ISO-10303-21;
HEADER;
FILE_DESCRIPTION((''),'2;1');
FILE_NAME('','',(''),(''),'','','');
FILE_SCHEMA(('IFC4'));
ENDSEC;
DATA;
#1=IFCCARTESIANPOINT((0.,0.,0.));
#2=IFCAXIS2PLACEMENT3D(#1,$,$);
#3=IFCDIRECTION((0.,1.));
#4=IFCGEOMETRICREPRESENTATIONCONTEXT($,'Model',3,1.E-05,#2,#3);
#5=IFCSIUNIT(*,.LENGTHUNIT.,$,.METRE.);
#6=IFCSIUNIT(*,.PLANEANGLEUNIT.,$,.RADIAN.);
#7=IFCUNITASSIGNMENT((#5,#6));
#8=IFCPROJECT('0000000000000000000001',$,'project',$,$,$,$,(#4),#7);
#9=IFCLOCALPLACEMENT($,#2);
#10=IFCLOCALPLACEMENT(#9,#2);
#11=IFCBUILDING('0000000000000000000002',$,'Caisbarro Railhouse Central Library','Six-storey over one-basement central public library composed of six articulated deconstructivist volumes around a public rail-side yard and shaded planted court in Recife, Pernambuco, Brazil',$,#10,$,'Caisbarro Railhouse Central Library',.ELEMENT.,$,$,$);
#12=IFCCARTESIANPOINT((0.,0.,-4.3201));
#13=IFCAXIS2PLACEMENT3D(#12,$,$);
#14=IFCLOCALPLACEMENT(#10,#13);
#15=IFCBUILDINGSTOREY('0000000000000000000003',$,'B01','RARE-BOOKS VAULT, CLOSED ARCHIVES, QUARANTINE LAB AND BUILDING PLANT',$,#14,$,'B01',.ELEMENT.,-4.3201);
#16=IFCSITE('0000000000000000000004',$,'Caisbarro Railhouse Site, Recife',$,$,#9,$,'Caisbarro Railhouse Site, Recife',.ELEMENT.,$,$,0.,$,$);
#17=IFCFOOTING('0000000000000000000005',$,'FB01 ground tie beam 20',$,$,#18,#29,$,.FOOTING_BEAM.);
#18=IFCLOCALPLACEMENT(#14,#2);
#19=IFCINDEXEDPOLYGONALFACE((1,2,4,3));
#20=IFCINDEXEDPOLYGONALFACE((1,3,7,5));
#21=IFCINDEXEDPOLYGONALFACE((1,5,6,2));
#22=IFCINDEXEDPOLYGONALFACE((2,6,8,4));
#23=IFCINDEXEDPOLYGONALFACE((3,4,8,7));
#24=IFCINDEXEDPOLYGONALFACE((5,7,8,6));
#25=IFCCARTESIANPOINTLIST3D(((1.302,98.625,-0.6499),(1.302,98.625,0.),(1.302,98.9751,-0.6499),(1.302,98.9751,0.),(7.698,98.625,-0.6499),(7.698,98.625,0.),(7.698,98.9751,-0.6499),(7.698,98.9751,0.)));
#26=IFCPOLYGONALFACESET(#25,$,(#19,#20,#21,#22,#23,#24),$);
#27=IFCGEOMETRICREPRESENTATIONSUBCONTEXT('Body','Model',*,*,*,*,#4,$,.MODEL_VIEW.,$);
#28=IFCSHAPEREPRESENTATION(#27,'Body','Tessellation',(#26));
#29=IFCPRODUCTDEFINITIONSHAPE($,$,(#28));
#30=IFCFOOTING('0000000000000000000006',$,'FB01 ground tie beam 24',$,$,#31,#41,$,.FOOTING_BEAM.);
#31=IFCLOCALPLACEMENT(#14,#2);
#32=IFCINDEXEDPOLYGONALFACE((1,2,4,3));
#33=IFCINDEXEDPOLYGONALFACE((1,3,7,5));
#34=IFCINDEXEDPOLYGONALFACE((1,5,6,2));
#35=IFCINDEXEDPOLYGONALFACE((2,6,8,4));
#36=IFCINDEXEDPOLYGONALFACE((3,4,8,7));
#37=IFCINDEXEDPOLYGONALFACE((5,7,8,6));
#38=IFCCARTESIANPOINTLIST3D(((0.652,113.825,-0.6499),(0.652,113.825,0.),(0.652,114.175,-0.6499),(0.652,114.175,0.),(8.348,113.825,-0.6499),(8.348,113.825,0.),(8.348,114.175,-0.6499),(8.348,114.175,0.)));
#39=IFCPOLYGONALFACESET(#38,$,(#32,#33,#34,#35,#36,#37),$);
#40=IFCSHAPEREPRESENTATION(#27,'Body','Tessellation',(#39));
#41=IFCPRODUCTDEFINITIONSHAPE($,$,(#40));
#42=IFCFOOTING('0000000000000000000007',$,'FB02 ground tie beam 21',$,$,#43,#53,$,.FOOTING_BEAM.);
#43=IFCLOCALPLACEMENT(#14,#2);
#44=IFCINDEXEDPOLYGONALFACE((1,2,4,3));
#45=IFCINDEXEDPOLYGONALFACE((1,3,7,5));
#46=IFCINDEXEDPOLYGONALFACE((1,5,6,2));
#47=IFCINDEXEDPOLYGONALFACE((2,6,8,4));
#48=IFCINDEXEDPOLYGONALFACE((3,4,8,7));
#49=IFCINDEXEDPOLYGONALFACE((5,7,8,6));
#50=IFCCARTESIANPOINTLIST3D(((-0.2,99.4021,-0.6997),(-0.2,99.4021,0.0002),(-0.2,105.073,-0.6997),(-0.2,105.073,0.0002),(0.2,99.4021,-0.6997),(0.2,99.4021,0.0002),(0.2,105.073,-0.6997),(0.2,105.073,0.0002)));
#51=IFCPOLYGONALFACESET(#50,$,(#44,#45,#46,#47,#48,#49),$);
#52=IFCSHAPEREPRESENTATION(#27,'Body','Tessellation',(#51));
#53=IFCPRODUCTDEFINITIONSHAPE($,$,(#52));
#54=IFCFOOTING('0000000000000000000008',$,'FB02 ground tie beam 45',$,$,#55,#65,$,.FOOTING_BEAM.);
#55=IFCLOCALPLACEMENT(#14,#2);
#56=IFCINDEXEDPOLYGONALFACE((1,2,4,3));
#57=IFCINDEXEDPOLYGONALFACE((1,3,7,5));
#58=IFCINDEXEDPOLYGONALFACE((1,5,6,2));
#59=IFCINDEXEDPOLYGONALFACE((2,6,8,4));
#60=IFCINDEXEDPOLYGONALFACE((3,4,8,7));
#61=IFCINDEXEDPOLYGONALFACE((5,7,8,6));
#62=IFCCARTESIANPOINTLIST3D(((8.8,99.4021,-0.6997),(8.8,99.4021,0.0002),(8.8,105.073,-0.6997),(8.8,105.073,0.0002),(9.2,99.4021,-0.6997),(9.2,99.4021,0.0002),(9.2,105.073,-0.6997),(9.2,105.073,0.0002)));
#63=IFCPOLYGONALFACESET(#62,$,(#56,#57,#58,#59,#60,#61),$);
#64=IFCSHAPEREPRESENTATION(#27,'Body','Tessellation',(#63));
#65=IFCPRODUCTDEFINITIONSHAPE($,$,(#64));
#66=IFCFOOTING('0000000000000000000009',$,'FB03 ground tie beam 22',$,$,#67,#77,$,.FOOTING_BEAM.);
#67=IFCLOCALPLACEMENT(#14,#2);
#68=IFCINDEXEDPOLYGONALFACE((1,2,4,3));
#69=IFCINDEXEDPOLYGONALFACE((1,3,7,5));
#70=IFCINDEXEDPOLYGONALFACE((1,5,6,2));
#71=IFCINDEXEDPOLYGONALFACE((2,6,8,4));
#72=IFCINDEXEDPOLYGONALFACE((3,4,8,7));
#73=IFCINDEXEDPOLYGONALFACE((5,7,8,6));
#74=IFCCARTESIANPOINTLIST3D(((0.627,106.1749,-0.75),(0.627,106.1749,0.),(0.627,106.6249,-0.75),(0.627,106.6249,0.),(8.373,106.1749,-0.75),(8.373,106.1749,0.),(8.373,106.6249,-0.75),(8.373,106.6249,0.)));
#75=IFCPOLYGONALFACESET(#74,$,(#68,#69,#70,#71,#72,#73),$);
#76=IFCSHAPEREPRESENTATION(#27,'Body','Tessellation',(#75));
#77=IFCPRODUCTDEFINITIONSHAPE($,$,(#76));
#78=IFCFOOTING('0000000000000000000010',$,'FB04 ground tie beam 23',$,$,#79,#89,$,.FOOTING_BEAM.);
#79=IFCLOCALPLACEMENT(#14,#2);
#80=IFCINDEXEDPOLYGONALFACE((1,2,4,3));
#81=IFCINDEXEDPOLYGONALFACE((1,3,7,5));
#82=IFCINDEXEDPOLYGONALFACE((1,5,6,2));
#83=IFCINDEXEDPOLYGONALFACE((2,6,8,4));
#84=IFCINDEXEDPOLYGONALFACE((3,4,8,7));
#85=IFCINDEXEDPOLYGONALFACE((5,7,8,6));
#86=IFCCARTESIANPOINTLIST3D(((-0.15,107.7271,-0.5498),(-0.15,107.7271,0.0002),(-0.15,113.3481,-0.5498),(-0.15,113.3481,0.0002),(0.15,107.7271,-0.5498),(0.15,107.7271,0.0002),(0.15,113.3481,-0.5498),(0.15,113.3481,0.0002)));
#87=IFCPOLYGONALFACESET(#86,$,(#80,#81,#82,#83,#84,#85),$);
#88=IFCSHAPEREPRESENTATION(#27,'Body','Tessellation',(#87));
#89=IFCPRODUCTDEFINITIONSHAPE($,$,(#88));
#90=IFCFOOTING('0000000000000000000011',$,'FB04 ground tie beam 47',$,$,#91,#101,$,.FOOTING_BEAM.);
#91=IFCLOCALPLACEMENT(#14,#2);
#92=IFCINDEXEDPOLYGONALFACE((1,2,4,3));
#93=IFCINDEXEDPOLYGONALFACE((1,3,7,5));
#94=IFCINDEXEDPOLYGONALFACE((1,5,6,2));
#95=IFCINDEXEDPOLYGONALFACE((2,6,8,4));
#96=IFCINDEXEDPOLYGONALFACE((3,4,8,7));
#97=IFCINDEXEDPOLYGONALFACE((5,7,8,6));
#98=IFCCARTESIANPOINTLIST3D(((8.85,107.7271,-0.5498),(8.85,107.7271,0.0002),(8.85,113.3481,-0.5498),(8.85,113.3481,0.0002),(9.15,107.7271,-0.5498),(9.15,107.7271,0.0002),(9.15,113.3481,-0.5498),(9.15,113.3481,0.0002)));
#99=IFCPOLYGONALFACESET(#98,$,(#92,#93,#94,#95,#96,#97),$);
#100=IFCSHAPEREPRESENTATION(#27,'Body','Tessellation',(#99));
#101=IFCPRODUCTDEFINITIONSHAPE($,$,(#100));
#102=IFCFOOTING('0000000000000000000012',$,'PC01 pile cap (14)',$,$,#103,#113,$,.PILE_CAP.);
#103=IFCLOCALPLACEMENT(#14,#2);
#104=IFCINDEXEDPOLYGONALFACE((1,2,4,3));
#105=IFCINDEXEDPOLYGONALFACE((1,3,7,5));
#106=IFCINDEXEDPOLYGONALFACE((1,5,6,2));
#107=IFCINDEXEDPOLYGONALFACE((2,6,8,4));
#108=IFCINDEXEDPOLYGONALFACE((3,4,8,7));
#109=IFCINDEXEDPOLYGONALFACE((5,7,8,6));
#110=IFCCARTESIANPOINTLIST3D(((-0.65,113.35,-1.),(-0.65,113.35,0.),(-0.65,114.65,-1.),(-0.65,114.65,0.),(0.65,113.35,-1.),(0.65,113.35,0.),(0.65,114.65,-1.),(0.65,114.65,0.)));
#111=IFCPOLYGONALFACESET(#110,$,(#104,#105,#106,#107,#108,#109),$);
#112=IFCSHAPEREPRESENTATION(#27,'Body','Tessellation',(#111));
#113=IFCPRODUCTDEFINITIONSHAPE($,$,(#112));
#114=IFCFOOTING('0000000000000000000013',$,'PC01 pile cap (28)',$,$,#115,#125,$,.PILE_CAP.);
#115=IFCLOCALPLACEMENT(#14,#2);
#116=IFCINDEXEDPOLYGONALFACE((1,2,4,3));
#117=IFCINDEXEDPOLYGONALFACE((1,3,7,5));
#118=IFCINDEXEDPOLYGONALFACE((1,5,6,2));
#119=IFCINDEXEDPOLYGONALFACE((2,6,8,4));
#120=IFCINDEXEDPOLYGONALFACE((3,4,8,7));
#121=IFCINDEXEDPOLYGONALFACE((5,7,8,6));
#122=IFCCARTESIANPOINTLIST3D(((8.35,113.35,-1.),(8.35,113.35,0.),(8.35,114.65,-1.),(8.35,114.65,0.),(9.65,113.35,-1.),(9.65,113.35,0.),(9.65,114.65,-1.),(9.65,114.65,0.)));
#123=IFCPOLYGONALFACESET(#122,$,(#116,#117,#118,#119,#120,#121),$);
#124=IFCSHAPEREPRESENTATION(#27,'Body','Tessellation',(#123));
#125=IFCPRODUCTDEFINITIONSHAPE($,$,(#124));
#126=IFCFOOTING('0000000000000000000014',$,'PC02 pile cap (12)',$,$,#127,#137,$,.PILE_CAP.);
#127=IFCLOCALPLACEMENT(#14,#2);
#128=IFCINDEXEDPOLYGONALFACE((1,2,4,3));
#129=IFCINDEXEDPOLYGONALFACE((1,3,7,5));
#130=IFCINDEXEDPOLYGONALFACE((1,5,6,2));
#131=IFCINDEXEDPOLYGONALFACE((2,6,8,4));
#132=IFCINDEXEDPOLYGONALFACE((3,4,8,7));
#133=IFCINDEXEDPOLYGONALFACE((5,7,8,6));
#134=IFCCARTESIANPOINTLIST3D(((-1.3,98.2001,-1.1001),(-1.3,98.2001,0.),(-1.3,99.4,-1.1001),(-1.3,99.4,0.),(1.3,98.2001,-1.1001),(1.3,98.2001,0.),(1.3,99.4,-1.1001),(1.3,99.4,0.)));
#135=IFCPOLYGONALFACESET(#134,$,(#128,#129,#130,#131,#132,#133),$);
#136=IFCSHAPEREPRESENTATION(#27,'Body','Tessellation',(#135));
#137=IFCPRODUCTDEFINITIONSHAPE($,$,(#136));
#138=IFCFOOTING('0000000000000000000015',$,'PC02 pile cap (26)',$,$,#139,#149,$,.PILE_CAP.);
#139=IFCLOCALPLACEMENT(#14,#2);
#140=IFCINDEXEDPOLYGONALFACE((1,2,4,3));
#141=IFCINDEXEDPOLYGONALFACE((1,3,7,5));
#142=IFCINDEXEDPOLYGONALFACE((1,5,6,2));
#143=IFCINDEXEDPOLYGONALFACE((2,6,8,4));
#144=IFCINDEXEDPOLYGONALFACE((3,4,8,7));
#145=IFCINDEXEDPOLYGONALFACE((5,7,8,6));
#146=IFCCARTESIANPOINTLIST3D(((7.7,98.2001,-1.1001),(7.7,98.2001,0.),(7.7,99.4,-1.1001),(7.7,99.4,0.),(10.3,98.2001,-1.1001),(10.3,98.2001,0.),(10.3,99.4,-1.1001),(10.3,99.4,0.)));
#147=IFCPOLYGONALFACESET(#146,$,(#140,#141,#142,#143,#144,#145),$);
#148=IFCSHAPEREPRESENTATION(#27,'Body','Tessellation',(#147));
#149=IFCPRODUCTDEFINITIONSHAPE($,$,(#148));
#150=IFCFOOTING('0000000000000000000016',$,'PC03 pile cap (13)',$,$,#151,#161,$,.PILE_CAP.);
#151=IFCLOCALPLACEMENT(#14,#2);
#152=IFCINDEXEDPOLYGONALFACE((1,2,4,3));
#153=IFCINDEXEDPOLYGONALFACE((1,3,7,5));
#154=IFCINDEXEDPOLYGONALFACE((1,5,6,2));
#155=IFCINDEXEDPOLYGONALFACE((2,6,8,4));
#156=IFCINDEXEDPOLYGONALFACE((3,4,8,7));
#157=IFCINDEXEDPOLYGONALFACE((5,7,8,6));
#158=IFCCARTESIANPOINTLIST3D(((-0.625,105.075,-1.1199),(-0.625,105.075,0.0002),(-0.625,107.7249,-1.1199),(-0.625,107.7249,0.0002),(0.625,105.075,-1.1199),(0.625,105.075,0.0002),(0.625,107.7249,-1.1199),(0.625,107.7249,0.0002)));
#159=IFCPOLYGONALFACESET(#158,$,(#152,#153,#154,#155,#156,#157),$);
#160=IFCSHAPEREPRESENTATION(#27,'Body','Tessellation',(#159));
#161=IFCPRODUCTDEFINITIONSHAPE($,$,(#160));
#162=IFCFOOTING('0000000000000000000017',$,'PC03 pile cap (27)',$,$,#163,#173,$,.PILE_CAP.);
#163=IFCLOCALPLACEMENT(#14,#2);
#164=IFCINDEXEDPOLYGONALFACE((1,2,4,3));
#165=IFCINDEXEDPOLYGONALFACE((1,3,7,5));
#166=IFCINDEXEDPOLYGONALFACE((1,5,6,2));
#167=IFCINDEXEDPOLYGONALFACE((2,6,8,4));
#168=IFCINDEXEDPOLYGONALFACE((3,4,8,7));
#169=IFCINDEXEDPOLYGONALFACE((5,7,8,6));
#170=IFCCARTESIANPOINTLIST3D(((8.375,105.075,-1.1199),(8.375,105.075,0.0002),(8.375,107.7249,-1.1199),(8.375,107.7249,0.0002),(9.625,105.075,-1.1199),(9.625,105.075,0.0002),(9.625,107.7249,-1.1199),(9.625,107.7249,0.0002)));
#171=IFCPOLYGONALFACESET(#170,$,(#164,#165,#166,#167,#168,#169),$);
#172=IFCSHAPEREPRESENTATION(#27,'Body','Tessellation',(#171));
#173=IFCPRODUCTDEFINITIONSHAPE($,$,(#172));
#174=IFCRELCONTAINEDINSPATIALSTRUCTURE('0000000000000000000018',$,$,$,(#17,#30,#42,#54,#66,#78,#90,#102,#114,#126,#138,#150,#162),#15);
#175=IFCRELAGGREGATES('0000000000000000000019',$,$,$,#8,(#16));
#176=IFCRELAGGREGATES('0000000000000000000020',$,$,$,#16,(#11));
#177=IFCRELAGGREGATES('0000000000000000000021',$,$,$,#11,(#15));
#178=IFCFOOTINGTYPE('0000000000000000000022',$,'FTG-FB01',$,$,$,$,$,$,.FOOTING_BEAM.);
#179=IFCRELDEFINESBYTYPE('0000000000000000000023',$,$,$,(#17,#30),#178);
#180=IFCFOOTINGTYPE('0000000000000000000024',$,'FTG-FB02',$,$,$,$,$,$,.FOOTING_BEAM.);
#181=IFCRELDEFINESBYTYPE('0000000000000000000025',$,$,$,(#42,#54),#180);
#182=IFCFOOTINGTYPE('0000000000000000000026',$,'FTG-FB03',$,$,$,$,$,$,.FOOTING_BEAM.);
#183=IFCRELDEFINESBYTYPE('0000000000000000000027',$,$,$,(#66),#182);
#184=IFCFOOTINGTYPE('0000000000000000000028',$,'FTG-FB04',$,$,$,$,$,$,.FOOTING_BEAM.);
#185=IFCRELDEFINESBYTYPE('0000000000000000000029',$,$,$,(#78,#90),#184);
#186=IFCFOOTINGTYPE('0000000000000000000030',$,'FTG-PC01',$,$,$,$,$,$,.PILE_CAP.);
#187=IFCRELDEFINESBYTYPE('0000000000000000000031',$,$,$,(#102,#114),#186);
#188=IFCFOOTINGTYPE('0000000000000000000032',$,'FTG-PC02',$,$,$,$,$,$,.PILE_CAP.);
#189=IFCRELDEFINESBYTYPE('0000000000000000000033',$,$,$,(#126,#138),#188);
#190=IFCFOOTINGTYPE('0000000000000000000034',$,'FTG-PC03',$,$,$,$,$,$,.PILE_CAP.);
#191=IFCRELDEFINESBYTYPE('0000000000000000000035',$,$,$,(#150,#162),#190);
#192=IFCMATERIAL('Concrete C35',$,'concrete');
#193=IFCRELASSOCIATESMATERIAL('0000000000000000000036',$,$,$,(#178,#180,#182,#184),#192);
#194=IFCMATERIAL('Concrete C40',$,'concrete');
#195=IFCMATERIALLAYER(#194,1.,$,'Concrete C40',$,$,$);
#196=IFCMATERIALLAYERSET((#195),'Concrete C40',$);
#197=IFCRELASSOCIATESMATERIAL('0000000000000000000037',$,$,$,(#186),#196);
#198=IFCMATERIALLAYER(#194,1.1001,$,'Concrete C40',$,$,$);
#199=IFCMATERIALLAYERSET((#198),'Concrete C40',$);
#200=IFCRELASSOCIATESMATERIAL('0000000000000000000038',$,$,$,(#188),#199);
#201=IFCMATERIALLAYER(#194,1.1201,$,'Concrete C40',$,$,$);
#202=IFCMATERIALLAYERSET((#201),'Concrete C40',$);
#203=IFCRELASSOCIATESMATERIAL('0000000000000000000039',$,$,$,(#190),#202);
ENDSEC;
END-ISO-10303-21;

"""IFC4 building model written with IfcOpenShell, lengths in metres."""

from ifc_helpers import new_model, si_unit, direction, frame, origin, origin_2d, place, context, subcontext, project, spatial, rectangle, extrude, material, layer, layer_set, type_object, element, save


model = new_model("IFC4")

# Units and contexts
model_context = context("Model", 3, precision=1e-05, world=origin(), true_north=direction((0.0, 1.0)))
body_context = subcontext(model_context, "Body", "Model", "MODEL_VIEW")
ifc_project = project(units=[si_unit("LENGTHUNIT", "METRE"), si_unit("PLANEANGLEUNIT", "RADIAN")], contexts=[model_context])

# Site, building, storey
site_placement = place(None, origin())
site = spatial("IfcSite", under=ifc_project, at=site_placement, Name="Caisbarro Railhouse Site, Recife", LongName="Caisbarro Railhouse Site, Recife", CompositionType="ELEMENT", RefElevation=0.0)
building_placement = place(site_placement, origin())
building = spatial("IfcBuilding", under=site, at=building_placement, Name="Caisbarro Railhouse Central Library", Description="Six-storey over one-basement central public library composed of six articulated deconstructivist volumes around a public rail-side yard and shaded planted court in Recife, Pernambuco, Brazil", LongName="Caisbarro Railhouse Central Library", CompositionType="ELEMENT")
storey_placement = place(building_placement, frame((0.0, 0.0, -4.3201)))
storey = spatial("IfcBuildingStorey", under=building, at=storey_placement, Name="B01", Description="RARE-BOOKS VAULT, CLOSED ARCHIVES, QUARANTINE LAB AND BUILDING PLANT", LongName="B01", CompositionType="ELEMENT", Elevation=-4.3201)

# Footings
ifc_material_1 = material(Name="Concrete C35", Category="concrete")
footing_type_1 = type_object("IfcFootingType", Name="FTG-FB01", PredefinedType="FOOTING_BEAM", material=ifc_material_1)
footing_1_placement = place(storey_placement, frame((4.5, 98.8, -0.6499), z_axis=(0.0, 0.0, 1.0), x_axis=(1.0, 0.0, 0.0)))
element("IfcFooting", 1, at=footing_1_placement, inside=storey, type_object=footing_type_1, Name="FB01 ground tie beam 20", PredefinedType="FOOTING_BEAM", context=body_context, shape_type="SweptSolid", body=[
    extrude(rectangle(XDim=6.396, YDim=0.3501, at=origin_2d()), origin(), (0.0, 0.0, 1.0), 0.6499),
])
footing_2_placement = place(storey_placement, frame((4.5, 114.0, -0.6499), z_axis=(0.0, 0.0, 1.0), x_axis=(1.0, 0.0, 0.0)))
element("IfcFooting", 2, at=footing_2_placement, inside=storey, type_object=footing_type_1, Name="FB01 ground tie beam 24", PredefinedType="FOOTING_BEAM", context=body_context, shape_type="SweptSolid", body=[
    extrude(rectangle(XDim=7.696, YDim=0.3501, at=origin_2d()), origin(), (0.0, 0.0, 1.0), 0.6499),
])
footing_type_2 = type_object("IfcFootingType", Name="FTG-FB02", PredefinedType="FOOTING_BEAM", material=ifc_material_1)
for number, where, z_axis, x_axis, name in (
    (3, (0.0, 102.2375, -0.6997), (0.0, 0.0, 1.0), (0.0, 1.0, 0.0), "FB02 ground tie beam 21"),
    (4, (9.0, 102.2375, -0.6997), (0.0, 0.0, 1.0), (0.0, 1.0, 0.0), "FB02 ground tie beam 45"),
):
    element("IfcFooting", number, at=place(storey_placement, frame(where, z_axis=z_axis, x_axis=x_axis)), inside=storey, type_object=footing_type_2, Name=name, PredefinedType="FOOTING_BEAM", context=body_context, shape_type="SweptSolid", body=[
        extrude(rectangle(XDim=5.6709, YDim=0.3999, at=origin_2d()), origin(), (0.0, 0.0, 1.0), 0.7),
    ])
footing_type_3 = type_object("IfcFootingType", Name="FTG-FB03", PredefinedType="FOOTING_BEAM", material=ifc_material_1)
footing_3_placement = place(storey_placement, frame((4.5, 106.3999, -0.75), z_axis=(0.0, 0.0, 1.0), x_axis=(1.0, 0.0, 0.0)))
element("IfcFooting", 5, at=footing_3_placement, inside=storey, type_object=footing_type_3, Name="FB03 ground tie beam 22", PredefinedType="FOOTING_BEAM", context=body_context, shape_type="SweptSolid", body=[
    extrude(rectangle(XDim=7.7461, YDim=0.45, at=origin_2d()), origin(), (0.0, 0.0, 1.0), 0.75),
])
footing_type_4 = type_object("IfcFootingType", Name="FTG-FB04", PredefinedType="FOOTING_BEAM", material=ifc_material_1)
for number, where, z_axis, x_axis, name in (
    (6, (0.0, 110.5376, -0.5498), (0.0, 0.0, 1.0), (0.0, 1.0, 0.0), "FB04 ground tie beam 23"),
    (7, (9.0, 110.5376, -0.5498), (0.0, 0.0, 1.0), (0.0, 1.0, 0.0), "FB04 ground tie beam 47"),
):
    element("IfcFooting", number, at=place(storey_placement, frame(where, z_axis=z_axis, x_axis=x_axis)), inside=storey, type_object=footing_type_4, Name=name, PredefinedType="FOOTING_BEAM", context=body_context, shape_type="SweptSolid", body=[
        extrude(rectangle(XDim=5.6211, YDim=0.3, at=origin_2d()), origin(), (0.0, 0.0, 1.0), 0.55),
    ])
ifc_material_2 = material(Name="Concrete C40", Category="concrete")
ifc_layer_1 = layer(ifc_material_2, 1.0, Name="Concrete C40")
ifc_layer_set_1 = layer_set([ifc_layer_1], Name="Concrete C40")
footing_type_5 = type_object("IfcFootingType", Name="FTG-PC01", PredefinedType="PILE_CAP", material=ifc_layer_set_1)
for number, where, z_axis, x_axis, name in (
    (8, (0.0, 114.0, -1.0), (0.0, 0.0, 1.0), (1.0, 0.0, 0.0), "PC01 pile cap (14)"),
    (9, (9.0, 114.0, -1.0), (0.0, 0.0, 1.0), (1.0, 0.0, 0.0), "PC01 pile cap (28)"),
):
    element("IfcFooting", number, at=place(storey_placement, frame(where, z_axis=z_axis, x_axis=x_axis)), inside=storey, type_object=footing_type_5, Name=name, PredefinedType="PILE_CAP", context=body_context, shape_type="SweptSolid", body=[
        extrude(rectangle(XDim=1.3, YDim=1.3, at=origin_2d()), origin(), (0.0, 0.0, 1.0), 1.0),
    ])
ifc_layer_2 = layer(ifc_material_2, 1.1001, Name="Concrete C40")
ifc_layer_set_2 = layer_set([ifc_layer_2], Name="Concrete C40")
footing_type_6 = type_object("IfcFootingType", Name="FTG-PC02", PredefinedType="PILE_CAP", material=ifc_layer_set_2)
for number, where, z_axis, x_axis, name in (
    (10, (0.0, 98.8, -1.1001), (0.0, 0.0, 1.0), (1.0, 0.0, 0.0), "PC02 pile cap (12)"),
    (11, (9.0, 98.8, -1.1001), (0.0, 0.0, 1.0), (1.0, 0.0, 0.0), "PC02 pile cap (26)"),
):
    element("IfcFooting", number, at=place(storey_placement, frame(where, z_axis=z_axis, x_axis=x_axis)), inside=storey, type_object=footing_type_6, Name=name, PredefinedType="PILE_CAP", context=body_context, shape_type="SweptSolid", body=[
        extrude(rectangle(XDim=2.6001, YDim=1.2, at=origin_2d()), origin(), (0.0, 0.0, 1.0), 1.1001),
    ])
ifc_layer_3 = layer(ifc_material_2, 1.1201, Name="Concrete C40")
ifc_layer_set_3 = layer_set([ifc_layer_3], Name="Concrete C40")
footing_type_7 = type_object("IfcFootingType", Name="FTG-PC03", PredefinedType="PILE_CAP", material=ifc_layer_set_3)
for number, where, z_axis, x_axis, name in (
    (12, (0.0, 106.3999, -1.1199), (0.0, 0.0, 1.0), (1.0, 0.0, 0.0), "PC03 pile cap (13)"),
    (13, (9.0, 106.3999, -1.1199), (0.0, 0.0, 1.0), (1.0, 0.0, 0.0), "PC03 pile cap (27)"),
):
    element("IfcFooting", number, at=place(storey_placement, frame(where, z_axis=z_axis, x_axis=x_axis)), inside=storey, type_object=footing_type_7, Name=name, PredefinedType="PILE_CAP", context=body_context, shape_type="SweptSolid", body=[
        extrude(rectangle(XDim=1.25, YDim=2.6499, at=origin_2d()), origin(), (0.0, 0.0, 1.0), 1.1201),
    ])

save(model, "model.ifc")
